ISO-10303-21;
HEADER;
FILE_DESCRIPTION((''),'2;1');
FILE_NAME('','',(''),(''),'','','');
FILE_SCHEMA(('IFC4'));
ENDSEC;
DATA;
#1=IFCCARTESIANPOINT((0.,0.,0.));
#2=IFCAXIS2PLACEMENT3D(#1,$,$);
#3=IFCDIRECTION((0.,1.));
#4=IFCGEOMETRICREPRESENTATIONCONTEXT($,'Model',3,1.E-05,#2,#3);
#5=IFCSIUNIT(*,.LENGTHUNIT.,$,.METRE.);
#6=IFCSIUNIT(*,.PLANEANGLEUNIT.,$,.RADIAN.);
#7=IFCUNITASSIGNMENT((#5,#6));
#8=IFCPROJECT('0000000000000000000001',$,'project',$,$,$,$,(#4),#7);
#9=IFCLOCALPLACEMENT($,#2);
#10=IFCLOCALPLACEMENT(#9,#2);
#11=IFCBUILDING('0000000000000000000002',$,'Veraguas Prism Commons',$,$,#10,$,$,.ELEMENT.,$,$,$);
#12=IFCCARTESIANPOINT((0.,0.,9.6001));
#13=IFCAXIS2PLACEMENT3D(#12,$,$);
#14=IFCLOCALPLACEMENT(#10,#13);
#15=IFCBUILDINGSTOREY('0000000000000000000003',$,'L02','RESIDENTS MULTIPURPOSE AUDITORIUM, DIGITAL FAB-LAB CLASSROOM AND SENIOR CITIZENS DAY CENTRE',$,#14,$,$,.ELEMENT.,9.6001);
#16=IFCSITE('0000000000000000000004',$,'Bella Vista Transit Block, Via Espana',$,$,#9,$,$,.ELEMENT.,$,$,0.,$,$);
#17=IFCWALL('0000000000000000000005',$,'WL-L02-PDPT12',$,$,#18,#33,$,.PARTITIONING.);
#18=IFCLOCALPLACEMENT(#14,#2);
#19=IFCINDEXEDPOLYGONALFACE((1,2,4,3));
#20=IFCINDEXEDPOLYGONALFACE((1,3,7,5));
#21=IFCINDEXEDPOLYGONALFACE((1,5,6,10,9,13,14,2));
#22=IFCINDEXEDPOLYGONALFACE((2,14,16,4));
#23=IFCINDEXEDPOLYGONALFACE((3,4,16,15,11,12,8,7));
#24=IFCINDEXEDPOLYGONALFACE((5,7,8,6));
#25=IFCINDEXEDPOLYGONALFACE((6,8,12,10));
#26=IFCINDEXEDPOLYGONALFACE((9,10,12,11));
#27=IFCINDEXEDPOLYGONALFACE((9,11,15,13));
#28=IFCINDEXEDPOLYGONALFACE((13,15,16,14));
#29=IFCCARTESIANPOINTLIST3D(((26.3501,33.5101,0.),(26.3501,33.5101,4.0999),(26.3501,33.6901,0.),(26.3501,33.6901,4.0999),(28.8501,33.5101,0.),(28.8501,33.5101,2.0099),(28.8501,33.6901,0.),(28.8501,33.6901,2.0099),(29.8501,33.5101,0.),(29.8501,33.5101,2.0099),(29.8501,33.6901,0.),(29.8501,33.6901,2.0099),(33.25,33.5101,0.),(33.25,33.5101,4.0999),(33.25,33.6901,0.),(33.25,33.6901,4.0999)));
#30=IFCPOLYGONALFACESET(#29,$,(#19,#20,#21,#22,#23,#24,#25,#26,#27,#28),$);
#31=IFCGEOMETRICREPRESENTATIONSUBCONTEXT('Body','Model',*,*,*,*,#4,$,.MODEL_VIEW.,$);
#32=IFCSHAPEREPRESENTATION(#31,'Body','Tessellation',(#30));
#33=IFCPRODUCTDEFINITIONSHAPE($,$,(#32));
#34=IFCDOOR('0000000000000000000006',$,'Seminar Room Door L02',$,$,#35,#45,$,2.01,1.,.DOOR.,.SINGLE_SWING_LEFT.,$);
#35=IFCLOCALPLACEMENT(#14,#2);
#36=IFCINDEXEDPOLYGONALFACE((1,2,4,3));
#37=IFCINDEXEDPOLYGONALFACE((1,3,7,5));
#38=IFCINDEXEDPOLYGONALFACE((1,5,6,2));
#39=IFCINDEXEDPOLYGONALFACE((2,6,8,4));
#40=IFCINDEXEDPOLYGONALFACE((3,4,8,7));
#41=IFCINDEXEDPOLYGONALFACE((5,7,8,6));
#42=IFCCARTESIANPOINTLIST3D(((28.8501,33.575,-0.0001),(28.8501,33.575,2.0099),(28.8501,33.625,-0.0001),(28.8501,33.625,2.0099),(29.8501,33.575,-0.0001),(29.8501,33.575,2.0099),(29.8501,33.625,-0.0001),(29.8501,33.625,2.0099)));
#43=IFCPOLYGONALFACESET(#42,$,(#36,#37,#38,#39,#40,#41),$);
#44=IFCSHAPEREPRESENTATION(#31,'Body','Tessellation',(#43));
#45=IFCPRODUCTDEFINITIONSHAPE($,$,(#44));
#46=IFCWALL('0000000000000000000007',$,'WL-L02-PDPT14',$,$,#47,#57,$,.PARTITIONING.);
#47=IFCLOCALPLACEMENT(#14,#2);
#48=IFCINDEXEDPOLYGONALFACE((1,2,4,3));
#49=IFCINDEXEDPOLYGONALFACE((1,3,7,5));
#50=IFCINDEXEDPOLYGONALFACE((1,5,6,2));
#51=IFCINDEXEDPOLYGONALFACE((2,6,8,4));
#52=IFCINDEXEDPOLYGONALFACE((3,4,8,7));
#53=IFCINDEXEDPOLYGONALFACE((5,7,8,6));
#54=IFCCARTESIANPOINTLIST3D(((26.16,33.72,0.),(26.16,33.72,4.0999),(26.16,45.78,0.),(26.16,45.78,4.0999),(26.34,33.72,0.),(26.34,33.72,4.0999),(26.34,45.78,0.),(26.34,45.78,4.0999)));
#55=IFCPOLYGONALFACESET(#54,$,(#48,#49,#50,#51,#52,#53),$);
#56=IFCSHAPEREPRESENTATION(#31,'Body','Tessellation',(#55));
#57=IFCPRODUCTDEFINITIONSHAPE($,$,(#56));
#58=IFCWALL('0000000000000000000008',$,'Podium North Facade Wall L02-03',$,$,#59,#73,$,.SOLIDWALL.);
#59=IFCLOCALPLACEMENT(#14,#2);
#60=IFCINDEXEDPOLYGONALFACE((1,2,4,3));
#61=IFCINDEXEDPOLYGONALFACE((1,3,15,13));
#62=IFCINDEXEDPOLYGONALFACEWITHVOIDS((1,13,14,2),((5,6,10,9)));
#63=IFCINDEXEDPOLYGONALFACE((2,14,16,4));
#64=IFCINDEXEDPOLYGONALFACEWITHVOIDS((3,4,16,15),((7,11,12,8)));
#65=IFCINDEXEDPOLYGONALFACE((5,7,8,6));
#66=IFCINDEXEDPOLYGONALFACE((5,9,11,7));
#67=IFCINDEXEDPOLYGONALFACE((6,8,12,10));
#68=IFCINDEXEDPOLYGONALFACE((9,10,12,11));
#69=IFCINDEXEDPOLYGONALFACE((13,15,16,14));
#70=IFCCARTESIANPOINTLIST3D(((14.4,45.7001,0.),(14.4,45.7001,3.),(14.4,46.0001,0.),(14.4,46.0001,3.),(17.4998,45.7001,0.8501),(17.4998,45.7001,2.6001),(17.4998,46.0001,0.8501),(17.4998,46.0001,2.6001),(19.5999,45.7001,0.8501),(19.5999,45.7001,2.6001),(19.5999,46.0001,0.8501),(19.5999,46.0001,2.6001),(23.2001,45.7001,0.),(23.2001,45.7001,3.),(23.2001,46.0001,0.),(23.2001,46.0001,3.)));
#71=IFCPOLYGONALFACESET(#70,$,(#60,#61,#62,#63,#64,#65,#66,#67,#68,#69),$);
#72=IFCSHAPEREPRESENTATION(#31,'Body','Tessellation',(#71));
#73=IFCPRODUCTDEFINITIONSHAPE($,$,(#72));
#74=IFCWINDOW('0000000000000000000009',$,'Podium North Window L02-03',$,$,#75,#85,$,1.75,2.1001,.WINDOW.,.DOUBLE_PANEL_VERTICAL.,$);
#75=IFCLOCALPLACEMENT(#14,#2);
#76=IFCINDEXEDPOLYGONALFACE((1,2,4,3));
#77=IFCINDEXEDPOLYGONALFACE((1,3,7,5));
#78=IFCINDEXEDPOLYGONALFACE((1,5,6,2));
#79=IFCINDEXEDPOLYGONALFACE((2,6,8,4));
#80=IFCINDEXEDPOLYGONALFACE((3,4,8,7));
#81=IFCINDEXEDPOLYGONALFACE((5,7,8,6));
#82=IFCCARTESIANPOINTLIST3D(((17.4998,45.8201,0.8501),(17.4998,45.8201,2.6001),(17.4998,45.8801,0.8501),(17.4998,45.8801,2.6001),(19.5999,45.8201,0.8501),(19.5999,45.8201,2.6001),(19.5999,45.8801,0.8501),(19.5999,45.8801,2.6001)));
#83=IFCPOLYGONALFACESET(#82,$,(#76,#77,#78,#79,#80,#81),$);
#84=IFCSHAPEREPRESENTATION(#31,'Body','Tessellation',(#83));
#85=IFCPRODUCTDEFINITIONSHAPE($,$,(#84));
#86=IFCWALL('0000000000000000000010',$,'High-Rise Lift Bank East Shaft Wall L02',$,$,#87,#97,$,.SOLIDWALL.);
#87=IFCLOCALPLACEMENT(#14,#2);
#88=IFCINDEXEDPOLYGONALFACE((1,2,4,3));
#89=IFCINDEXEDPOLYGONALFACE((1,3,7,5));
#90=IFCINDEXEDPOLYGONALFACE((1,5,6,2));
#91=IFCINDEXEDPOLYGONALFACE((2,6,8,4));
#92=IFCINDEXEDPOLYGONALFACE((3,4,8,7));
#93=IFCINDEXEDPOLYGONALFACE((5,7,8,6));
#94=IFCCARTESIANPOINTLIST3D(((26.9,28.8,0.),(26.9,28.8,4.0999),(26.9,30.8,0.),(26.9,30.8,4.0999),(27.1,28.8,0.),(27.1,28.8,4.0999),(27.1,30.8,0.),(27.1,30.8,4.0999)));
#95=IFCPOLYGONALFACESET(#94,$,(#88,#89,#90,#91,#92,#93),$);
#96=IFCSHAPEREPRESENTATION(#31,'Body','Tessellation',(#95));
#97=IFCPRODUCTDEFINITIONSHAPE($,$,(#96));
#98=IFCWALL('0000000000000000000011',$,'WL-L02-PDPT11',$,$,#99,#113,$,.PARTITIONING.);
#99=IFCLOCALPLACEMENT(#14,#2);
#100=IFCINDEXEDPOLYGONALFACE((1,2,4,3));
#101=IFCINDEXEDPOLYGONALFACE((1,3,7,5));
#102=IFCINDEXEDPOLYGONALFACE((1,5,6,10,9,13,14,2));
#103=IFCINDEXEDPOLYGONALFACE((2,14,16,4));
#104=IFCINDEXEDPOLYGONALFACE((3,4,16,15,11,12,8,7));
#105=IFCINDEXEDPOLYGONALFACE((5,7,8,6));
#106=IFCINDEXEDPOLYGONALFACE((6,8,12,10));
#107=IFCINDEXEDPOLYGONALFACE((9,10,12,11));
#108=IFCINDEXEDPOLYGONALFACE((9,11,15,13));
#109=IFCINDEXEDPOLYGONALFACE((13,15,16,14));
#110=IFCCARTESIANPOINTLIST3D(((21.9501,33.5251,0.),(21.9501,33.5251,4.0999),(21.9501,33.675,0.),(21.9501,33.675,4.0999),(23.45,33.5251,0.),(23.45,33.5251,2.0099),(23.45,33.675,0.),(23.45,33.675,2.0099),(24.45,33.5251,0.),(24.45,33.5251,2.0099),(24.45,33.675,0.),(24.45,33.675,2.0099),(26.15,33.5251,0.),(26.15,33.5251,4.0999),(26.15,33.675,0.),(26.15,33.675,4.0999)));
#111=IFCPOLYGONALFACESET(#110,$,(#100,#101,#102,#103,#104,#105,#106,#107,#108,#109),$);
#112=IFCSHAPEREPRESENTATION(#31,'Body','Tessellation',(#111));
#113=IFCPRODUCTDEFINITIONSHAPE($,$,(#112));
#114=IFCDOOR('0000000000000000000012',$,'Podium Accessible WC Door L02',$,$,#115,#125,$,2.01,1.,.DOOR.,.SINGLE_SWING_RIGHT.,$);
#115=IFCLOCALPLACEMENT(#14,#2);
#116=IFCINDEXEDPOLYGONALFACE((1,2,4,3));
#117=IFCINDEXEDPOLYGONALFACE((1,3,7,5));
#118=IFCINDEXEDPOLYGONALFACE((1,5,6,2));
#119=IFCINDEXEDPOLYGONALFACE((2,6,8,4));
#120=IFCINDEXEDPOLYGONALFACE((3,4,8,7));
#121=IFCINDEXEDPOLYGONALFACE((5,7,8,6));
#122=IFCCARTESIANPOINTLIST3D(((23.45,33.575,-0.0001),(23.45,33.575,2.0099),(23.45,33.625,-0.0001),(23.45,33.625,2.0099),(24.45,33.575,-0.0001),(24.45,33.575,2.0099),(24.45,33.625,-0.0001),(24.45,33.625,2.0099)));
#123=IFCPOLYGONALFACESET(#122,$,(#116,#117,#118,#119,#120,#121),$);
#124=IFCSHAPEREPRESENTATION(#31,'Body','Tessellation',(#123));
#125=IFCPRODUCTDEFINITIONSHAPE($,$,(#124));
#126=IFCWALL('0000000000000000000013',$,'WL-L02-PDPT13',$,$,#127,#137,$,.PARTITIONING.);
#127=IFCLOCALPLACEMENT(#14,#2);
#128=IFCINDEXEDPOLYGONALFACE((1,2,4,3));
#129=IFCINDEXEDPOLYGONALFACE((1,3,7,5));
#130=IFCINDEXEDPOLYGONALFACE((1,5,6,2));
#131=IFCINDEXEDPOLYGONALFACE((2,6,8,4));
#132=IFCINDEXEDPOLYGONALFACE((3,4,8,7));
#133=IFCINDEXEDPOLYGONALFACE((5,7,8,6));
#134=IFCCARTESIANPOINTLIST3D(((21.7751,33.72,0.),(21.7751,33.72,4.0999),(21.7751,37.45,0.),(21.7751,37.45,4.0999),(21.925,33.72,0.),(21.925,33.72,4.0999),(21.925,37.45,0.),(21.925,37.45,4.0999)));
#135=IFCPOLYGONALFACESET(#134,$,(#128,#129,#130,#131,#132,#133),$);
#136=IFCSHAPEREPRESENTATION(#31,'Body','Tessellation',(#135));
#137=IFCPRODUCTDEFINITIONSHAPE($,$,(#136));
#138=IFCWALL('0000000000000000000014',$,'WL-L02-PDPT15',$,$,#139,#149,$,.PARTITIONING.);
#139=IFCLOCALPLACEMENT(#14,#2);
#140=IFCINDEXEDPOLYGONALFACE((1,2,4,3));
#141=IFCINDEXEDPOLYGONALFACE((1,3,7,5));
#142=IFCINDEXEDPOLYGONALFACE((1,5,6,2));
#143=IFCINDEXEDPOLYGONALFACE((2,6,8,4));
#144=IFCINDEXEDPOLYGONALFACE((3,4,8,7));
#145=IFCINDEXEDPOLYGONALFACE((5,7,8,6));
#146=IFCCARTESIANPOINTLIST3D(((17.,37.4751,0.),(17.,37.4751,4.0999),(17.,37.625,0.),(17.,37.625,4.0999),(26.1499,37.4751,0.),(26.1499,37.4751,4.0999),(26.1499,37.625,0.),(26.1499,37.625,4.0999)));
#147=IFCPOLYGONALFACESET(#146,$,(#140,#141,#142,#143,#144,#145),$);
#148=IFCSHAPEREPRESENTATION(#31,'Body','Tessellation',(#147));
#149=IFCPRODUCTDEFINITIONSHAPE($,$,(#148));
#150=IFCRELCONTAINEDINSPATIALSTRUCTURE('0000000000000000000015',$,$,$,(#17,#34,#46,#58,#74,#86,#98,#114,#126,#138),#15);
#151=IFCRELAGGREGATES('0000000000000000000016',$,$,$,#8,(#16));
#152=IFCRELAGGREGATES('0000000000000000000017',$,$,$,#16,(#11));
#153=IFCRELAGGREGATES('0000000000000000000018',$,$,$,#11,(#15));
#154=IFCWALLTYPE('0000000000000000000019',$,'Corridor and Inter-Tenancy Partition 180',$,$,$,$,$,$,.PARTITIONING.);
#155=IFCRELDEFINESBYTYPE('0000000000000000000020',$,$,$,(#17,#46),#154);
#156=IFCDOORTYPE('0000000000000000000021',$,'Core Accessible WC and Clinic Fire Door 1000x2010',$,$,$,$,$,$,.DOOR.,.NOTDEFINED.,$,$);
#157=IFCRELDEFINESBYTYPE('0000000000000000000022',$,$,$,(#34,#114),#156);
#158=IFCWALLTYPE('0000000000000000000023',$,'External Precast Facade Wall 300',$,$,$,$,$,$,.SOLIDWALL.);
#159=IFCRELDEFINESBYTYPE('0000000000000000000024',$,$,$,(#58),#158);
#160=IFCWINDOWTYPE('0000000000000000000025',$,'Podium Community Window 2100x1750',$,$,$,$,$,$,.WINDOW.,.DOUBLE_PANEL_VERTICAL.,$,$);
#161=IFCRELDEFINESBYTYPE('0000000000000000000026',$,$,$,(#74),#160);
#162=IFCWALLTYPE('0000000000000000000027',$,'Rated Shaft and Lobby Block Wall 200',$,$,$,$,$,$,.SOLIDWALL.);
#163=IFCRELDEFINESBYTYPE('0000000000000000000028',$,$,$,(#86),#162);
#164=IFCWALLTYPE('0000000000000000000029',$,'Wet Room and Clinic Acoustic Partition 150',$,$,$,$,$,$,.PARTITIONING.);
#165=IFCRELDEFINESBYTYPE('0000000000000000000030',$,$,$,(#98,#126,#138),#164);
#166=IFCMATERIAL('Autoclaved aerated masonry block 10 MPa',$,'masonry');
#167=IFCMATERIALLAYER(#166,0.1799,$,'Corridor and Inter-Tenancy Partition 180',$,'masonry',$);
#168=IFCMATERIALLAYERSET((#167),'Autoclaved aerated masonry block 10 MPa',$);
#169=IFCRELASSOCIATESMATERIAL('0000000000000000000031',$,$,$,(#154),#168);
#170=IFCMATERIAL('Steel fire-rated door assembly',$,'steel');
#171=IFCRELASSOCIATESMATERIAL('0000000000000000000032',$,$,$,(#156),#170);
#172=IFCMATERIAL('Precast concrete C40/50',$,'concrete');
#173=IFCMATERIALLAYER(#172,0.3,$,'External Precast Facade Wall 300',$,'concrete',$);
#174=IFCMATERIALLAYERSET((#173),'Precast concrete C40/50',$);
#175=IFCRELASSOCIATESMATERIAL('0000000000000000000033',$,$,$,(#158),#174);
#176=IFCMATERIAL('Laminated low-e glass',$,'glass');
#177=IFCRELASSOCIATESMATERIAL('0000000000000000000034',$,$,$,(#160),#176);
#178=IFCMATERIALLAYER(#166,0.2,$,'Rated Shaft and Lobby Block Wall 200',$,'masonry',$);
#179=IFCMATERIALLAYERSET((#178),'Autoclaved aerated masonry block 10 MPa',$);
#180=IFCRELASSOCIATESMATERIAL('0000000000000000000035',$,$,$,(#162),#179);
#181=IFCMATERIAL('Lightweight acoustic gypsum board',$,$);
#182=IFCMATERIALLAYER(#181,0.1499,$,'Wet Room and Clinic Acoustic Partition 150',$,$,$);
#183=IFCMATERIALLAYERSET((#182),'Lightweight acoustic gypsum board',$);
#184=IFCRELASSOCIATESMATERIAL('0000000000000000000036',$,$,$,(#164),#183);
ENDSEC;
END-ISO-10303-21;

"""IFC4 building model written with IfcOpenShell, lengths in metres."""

from ifc_helpers import new_model, si_unit, direction, frame, frame_2d, origin, place, context, subcontext, project, spatial, rectangle, extrude, source, transform, mapped, material, layer, layer_set, type_object, element, fill, save


model = new_model("IFC4")

# Units and contexts
model_context = context("Model", 3, precision=1e-05, world=origin(), true_north=direction((0.0, 1.0)))
body_context = subcontext(model_context, "Body", "Model", "MODEL_VIEW")
ifc_project = project(units=[si_unit("LENGTHUNIT", "METRE"), si_unit("PLANEANGLEUNIT", "RADIAN")], contexts=[model_context])

# Site, building, storey
site_placement = place(None, origin())
site = spatial("IfcSite", under=ifc_project, at=site_placement, Name="Bella Vista Transit Block, Via Espana", CompositionType="ELEMENT", RefElevation=0.0)
building_placement = place(site_placement, origin())
building = spatial("IfcBuilding", under=site, at=building_placement, Name="Veraguas Prism Commons", CompositionType="ELEMENT")
storey_placement = place(building_placement, frame((0.0, 0.0, 9.6001)))
storey = spatial("IfcBuildingStorey", under=building, at=storey_placement, Name="L02", Description="RESIDENTS MULTIPURPOSE AUDITORIUM, DIGITAL FAB-LAB CLASSROOM AND SENIOR CITIZENS DAY CENTRE", CompositionType="ELEMENT", Elevation=9.6001)

# Wall, opening, door
ifc_material_1 = material(Name="Autoclaved aerated masonry block 10 MPa", Category="masonry")
ifc_layer_1 = layer(ifc_material_1, 0.1799, Name="Corridor and Inter-Tenancy Partition 180", Category="masonry")
ifc_layer_set_1 = layer_set([ifc_layer_1], Name="Autoclaved aerated masonry block 10 MPa")
wall_type_1 = type_object("IfcWallType", Name="Corridor and Inter-Tenancy Partition 180", PredefinedType="PARTITIONING", material=ifc_layer_set_1)
wall_1_placement = place(storey_placement, frame((26.3501, 33.6001, 0.0), z_axis=(0.0, 0.0, 1.0), x_axis=(1.0, 0.0, 0.0)))
wall_1 = element("IfcWall", 1, at=wall_1_placement, inside=storey, type_object=wall_type_1, Name="WL-L02-PDPT12", PredefinedType="PARTITIONING", context=body_context, shape_type="SweptSolid", body=[
    extrude(rectangle(XDim=6.8999, YDim=0.1799, at=frame_2d((3.45, 0.0))), origin(), (0.0, 0.0, 1.0), 4.0999),
])
opening_1_placement = place(wall_1_placement, frame((2.5, 0.0, 0.0)))
opening_1 = element("IfcOpeningElement", 2, at=opening_1_placement, cuts=wall_1, PredefinedType="OPENING", context=body_context, shape_type="SweptSolid", body=[
    extrude(rectangle(XDim=1.0, YDim=2.01, at=frame_2d((0.5, 1.0049))), frame((0.0, 0.0999, 0.0), z_axis=(0.0, -1.0, 0.0), x_axis=(1.0, 0.0, 0.0)), (0.0, 0.0, 1.0), 0.2),
])
ifc_material_2 = material(Name="Steel fire-rated door assembly", Category="steel")
door_type = type_object("IfcDoorType", Name="Core Accessible WC and Clinic Fire Door 1000x2010", OperationType="NOTDEFINED", PredefinedType="DOOR", material=ifc_material_2)
shared_shape_1 = source(origin(), body_context, "Body", "SweptSolid", [
    extrude(rectangle(XDim=1.0, YDim=2.01, at=frame_2d((0.5, 1.0049))), frame((0.0, 0.0249, 0.0), z_axis=(0.0, -1.0, 0.0), x_axis=(1.0, 0.0, 0.0)), (0.0, 0.0, 1.0), 0.05),
])
door_1_placement = place(opening_1_placement, origin())
door_1 = element("IfcDoor", 3, at=door_1_placement, inside=storey, type_object=door_type, Name="Seminar Room Door L02", OperationType="SINGLE_SWING_LEFT", OverallHeight=2.01, OverallWidth=1.0, PredefinedType="DOOR", context=body_context, shape_type="MappedRepresentation", body=[
    mapped(shared_shape_1, transform((0.0, 0.0, 0.0), scale=1.0)),
])
fill(opening_1, door_1)

# Wall
wall_2_placement = place(storey_placement, frame((26.25, 33.72, 0.0), z_axis=(0.0, 0.0, 1.0), x_axis=(0.0, 1.0, 0.0)))
element("IfcWall", 4, at=wall_2_placement, inside=storey, type_object=wall_type_1, Name="WL-L02-PDPT14", PredefinedType="PARTITIONING", context=body_context, shape_type="SweptSolid", body=[
    extrude(rectangle(XDim=12.0601, YDim=0.1799, at=frame_2d((6.03, 0.0))), origin(), (0.0, 0.0, 1.0), 4.0999),
])

# Wall, opening, window
ifc_material_3 = material(Name="Precast concrete C40/50", Category="concrete")
ifc_layer_2 = layer(ifc_material_3, 0.3, Name="External Precast Facade Wall 300", Category="concrete")
ifc_layer_set_2 = layer_set([ifc_layer_2], Name="Precast concrete C40/50")
wall_type_2 = type_object("IfcWallType", Name="External Precast Facade Wall 300", PredefinedType="SOLIDWALL", material=ifc_layer_set_2)
wall_3_placement = place(storey_placement, frame((23.2, 45.8501, 0.0), z_axis=(0.0, 0.0, 1.0), x_axis=(-1.0, 0.0, 0.0)))
wall_3 = element("IfcWall", 5, at=wall_3_placement, inside=storey, type_object=wall_type_2, Name="Podium North Facade Wall L02-03", PredefinedType="SOLIDWALL", context=body_context, shape_type="SweptSolid", body=[
    extrude(rectangle(XDim=8.8, YDim=0.3, at=frame_2d((4.3999, 0.0))), origin(), (0.0, 0.0, 1.0), 3.0),
])
opening_2_placement = place(wall_3_placement, frame((3.6001, 0.0, 0.8501)))
opening_2 = element("IfcOpeningElement", 6, at=opening_2_placement, cuts=wall_3, PredefinedType="OPENING", context=body_context, shape_type="SweptSolid", body=[
    extrude(rectangle(XDim=2.1001, YDim=1.75, at=frame_2d((1.05, 0.875))), frame((0.0, 0.1599, 0.0), z_axis=(0.0, -1.0, 0.0), x_axis=(1.0, 0.0, 0.0)), (0.0, 0.0, 1.0), 0.3201),
])
ifc_material_4 = material(Name="Laminated low-e glass", Category="glass")
window_type = type_object("IfcWindowType", Name="Podium Community Window 2100x1750", PartitioningType="DOUBLE_PANEL_VERTICAL", PredefinedType="WINDOW", material=ifc_material_4)
shared_shape_2 = source(origin(), body_context, "Body", "SweptSolid", [
    extrude(rectangle(XDim=2.1001, YDim=1.75, at=frame_2d((1.05, 0.875))), frame((0.0, 0.03, 0.0), z_axis=(0.0, -1.0, 0.0), x_axis=(1.0, 0.0, 0.0)), (0.0, 0.0, 1.0), 0.0601),
])
window_placement = place(opening_2_placement, origin())
window = element("IfcWindow", 7, at=window_placement, inside=storey, type_object=window_type, Name="Podium North Window L02-03", OverallHeight=1.75, OverallWidth=2.1001, PartitioningType="DOUBLE_PANEL_VERTICAL", PredefinedType="WINDOW", context=body_context, shape_type="MappedRepresentation", body=[
    mapped(shared_shape_2, transform((0.0, 0.0, 0.0), scale=1.0)),
])
fill(opening_2, window)

# Wall
ifc_layer_3 = layer(ifc_material_1, 0.2, Name="Rated Shaft and Lobby Block Wall 200", Category="masonry")
ifc_layer_set_3 = layer_set([ifc_layer_3], Name="Autoclaved aerated masonry block 10 MPa")
wall_type_3 = type_object("IfcWallType", Name="Rated Shaft and Lobby Block Wall 200", PredefinedType="SOLIDWALL", material=ifc_layer_set_3)
wall_4_placement = place(storey_placement, frame((27.0, 28.8, 0.0), z_axis=(0.0, 0.0, 1.0), x_axis=(0.0, 1.0, 0.0)))
element("IfcWall", 8, at=wall_4_placement, inside=storey, type_object=wall_type_3, Name="High-Rise Lift Bank East Shaft Wall L02", PredefinedType="SOLIDWALL", context=body_context, shape_type="SweptSolid", body=[
    extrude(rectangle(XDim=2.0, YDim=0.2, at=frame_2d((1.0, 0.0))), origin(), (0.0, 0.0, 1.0), 4.0999),
])

# Wall, opening, door
ifc_material_5 = material(Name="Lightweight acoustic gypsum board")
ifc_layer_4 = layer(ifc_material_5, 0.1499, Name="Wet Room and Clinic Acoustic Partition 150")
ifc_layer_set_4 = layer_set([ifc_layer_4], Name="Lightweight acoustic gypsum board")
wall_type_4 = type_object("IfcWallType", Name="Wet Room and Clinic Acoustic Partition 150", PredefinedType="PARTITIONING", material=ifc_layer_set_4)
wall_5_placement = place(storey_placement, frame((21.95, 33.6001, 0.0), z_axis=(0.0, 0.0, 1.0), x_axis=(1.0, 0.0, 0.0)))
wall_5 = element("IfcWall", 9, at=wall_5_placement, inside=storey, type_object=wall_type_4, Name="WL-L02-PDPT11", PredefinedType="PARTITIONING", context=body_context, shape_type="SweptSolid", body=[
    extrude(rectangle(XDim=4.2, YDim=0.1499, at=frame_2d((2.1001, 0.0))), origin(), (0.0, 0.0, 1.0), 4.0999),
])
opening_3_placement = place(wall_5_placement, frame((1.5, 0.0, 0.0)))
opening_3 = element("IfcOpeningElement", 10, at=opening_3_placement, cuts=wall_5, PredefinedType="OPENING", context=body_context, shape_type="SweptSolid", body=[
    extrude(rectangle(XDim=1.0, YDim=2.01, at=frame_2d((0.5, 1.0049))), frame((0.0, 0.085, 0.0), z_axis=(0.0, -1.0, 0.0), x_axis=(1.0, 0.0, 0.0)), (0.0, 0.0, 1.0), 0.1699),
])
door_2_placement = place(opening_3_placement, origin())
door_2 = element("IfcDoor", 11, at=door_2_placement, inside=storey, type_object=door_type, Name="Podium Accessible WC Door L02", OperationType="SINGLE_SWING_RIGHT", OverallHeight=2.01, OverallWidth=1.0, PredefinedType="DOOR", context=body_context, shape_type="MappedRepresentation", body=[
    mapped(shared_shape_1, transform((0.0, 0.0, 0.0), scale=1.0)),
])
fill(opening_3, door_2)

# Walls
wall_6_placement = place(storey_placement, frame((21.8501, 33.72, 0.0), z_axis=(0.0, 0.0, 1.0), x_axis=(0.0, 1.0, 0.0)))
element("IfcWall", 12, at=wall_6_placement, inside=storey, type_object=wall_type_4, Name="WL-L02-PDPT13", PredefinedType="PARTITIONING", context=body_context, shape_type="SweptSolid", body=[
    extrude(rectangle(XDim=3.73, YDim=0.1499, at=frame_2d((1.865, 0.0))), origin(), (0.0, 0.0, 1.0), 4.0999),
])
wall_7_placement = place(storey_placement, frame((17.0, 37.55, 0.0), z_axis=(0.0, 0.0, 1.0), x_axis=(1.0, 0.0, 0.0)))
element("IfcWall", 13, at=wall_7_placement, inside=storey, type_object=wall_type_4, Name="WL-L02-PDPT15", PredefinedType="PARTITIONING", context=body_context, shape_type="SweptSolid", body=[
    extrude(rectangle(XDim=9.1499, YDim=0.1499, at=frame_2d((4.575, 0.0))), origin(), (0.0, 0.0, 1.0), 4.0999),
])

save(model, "model.ifc")
